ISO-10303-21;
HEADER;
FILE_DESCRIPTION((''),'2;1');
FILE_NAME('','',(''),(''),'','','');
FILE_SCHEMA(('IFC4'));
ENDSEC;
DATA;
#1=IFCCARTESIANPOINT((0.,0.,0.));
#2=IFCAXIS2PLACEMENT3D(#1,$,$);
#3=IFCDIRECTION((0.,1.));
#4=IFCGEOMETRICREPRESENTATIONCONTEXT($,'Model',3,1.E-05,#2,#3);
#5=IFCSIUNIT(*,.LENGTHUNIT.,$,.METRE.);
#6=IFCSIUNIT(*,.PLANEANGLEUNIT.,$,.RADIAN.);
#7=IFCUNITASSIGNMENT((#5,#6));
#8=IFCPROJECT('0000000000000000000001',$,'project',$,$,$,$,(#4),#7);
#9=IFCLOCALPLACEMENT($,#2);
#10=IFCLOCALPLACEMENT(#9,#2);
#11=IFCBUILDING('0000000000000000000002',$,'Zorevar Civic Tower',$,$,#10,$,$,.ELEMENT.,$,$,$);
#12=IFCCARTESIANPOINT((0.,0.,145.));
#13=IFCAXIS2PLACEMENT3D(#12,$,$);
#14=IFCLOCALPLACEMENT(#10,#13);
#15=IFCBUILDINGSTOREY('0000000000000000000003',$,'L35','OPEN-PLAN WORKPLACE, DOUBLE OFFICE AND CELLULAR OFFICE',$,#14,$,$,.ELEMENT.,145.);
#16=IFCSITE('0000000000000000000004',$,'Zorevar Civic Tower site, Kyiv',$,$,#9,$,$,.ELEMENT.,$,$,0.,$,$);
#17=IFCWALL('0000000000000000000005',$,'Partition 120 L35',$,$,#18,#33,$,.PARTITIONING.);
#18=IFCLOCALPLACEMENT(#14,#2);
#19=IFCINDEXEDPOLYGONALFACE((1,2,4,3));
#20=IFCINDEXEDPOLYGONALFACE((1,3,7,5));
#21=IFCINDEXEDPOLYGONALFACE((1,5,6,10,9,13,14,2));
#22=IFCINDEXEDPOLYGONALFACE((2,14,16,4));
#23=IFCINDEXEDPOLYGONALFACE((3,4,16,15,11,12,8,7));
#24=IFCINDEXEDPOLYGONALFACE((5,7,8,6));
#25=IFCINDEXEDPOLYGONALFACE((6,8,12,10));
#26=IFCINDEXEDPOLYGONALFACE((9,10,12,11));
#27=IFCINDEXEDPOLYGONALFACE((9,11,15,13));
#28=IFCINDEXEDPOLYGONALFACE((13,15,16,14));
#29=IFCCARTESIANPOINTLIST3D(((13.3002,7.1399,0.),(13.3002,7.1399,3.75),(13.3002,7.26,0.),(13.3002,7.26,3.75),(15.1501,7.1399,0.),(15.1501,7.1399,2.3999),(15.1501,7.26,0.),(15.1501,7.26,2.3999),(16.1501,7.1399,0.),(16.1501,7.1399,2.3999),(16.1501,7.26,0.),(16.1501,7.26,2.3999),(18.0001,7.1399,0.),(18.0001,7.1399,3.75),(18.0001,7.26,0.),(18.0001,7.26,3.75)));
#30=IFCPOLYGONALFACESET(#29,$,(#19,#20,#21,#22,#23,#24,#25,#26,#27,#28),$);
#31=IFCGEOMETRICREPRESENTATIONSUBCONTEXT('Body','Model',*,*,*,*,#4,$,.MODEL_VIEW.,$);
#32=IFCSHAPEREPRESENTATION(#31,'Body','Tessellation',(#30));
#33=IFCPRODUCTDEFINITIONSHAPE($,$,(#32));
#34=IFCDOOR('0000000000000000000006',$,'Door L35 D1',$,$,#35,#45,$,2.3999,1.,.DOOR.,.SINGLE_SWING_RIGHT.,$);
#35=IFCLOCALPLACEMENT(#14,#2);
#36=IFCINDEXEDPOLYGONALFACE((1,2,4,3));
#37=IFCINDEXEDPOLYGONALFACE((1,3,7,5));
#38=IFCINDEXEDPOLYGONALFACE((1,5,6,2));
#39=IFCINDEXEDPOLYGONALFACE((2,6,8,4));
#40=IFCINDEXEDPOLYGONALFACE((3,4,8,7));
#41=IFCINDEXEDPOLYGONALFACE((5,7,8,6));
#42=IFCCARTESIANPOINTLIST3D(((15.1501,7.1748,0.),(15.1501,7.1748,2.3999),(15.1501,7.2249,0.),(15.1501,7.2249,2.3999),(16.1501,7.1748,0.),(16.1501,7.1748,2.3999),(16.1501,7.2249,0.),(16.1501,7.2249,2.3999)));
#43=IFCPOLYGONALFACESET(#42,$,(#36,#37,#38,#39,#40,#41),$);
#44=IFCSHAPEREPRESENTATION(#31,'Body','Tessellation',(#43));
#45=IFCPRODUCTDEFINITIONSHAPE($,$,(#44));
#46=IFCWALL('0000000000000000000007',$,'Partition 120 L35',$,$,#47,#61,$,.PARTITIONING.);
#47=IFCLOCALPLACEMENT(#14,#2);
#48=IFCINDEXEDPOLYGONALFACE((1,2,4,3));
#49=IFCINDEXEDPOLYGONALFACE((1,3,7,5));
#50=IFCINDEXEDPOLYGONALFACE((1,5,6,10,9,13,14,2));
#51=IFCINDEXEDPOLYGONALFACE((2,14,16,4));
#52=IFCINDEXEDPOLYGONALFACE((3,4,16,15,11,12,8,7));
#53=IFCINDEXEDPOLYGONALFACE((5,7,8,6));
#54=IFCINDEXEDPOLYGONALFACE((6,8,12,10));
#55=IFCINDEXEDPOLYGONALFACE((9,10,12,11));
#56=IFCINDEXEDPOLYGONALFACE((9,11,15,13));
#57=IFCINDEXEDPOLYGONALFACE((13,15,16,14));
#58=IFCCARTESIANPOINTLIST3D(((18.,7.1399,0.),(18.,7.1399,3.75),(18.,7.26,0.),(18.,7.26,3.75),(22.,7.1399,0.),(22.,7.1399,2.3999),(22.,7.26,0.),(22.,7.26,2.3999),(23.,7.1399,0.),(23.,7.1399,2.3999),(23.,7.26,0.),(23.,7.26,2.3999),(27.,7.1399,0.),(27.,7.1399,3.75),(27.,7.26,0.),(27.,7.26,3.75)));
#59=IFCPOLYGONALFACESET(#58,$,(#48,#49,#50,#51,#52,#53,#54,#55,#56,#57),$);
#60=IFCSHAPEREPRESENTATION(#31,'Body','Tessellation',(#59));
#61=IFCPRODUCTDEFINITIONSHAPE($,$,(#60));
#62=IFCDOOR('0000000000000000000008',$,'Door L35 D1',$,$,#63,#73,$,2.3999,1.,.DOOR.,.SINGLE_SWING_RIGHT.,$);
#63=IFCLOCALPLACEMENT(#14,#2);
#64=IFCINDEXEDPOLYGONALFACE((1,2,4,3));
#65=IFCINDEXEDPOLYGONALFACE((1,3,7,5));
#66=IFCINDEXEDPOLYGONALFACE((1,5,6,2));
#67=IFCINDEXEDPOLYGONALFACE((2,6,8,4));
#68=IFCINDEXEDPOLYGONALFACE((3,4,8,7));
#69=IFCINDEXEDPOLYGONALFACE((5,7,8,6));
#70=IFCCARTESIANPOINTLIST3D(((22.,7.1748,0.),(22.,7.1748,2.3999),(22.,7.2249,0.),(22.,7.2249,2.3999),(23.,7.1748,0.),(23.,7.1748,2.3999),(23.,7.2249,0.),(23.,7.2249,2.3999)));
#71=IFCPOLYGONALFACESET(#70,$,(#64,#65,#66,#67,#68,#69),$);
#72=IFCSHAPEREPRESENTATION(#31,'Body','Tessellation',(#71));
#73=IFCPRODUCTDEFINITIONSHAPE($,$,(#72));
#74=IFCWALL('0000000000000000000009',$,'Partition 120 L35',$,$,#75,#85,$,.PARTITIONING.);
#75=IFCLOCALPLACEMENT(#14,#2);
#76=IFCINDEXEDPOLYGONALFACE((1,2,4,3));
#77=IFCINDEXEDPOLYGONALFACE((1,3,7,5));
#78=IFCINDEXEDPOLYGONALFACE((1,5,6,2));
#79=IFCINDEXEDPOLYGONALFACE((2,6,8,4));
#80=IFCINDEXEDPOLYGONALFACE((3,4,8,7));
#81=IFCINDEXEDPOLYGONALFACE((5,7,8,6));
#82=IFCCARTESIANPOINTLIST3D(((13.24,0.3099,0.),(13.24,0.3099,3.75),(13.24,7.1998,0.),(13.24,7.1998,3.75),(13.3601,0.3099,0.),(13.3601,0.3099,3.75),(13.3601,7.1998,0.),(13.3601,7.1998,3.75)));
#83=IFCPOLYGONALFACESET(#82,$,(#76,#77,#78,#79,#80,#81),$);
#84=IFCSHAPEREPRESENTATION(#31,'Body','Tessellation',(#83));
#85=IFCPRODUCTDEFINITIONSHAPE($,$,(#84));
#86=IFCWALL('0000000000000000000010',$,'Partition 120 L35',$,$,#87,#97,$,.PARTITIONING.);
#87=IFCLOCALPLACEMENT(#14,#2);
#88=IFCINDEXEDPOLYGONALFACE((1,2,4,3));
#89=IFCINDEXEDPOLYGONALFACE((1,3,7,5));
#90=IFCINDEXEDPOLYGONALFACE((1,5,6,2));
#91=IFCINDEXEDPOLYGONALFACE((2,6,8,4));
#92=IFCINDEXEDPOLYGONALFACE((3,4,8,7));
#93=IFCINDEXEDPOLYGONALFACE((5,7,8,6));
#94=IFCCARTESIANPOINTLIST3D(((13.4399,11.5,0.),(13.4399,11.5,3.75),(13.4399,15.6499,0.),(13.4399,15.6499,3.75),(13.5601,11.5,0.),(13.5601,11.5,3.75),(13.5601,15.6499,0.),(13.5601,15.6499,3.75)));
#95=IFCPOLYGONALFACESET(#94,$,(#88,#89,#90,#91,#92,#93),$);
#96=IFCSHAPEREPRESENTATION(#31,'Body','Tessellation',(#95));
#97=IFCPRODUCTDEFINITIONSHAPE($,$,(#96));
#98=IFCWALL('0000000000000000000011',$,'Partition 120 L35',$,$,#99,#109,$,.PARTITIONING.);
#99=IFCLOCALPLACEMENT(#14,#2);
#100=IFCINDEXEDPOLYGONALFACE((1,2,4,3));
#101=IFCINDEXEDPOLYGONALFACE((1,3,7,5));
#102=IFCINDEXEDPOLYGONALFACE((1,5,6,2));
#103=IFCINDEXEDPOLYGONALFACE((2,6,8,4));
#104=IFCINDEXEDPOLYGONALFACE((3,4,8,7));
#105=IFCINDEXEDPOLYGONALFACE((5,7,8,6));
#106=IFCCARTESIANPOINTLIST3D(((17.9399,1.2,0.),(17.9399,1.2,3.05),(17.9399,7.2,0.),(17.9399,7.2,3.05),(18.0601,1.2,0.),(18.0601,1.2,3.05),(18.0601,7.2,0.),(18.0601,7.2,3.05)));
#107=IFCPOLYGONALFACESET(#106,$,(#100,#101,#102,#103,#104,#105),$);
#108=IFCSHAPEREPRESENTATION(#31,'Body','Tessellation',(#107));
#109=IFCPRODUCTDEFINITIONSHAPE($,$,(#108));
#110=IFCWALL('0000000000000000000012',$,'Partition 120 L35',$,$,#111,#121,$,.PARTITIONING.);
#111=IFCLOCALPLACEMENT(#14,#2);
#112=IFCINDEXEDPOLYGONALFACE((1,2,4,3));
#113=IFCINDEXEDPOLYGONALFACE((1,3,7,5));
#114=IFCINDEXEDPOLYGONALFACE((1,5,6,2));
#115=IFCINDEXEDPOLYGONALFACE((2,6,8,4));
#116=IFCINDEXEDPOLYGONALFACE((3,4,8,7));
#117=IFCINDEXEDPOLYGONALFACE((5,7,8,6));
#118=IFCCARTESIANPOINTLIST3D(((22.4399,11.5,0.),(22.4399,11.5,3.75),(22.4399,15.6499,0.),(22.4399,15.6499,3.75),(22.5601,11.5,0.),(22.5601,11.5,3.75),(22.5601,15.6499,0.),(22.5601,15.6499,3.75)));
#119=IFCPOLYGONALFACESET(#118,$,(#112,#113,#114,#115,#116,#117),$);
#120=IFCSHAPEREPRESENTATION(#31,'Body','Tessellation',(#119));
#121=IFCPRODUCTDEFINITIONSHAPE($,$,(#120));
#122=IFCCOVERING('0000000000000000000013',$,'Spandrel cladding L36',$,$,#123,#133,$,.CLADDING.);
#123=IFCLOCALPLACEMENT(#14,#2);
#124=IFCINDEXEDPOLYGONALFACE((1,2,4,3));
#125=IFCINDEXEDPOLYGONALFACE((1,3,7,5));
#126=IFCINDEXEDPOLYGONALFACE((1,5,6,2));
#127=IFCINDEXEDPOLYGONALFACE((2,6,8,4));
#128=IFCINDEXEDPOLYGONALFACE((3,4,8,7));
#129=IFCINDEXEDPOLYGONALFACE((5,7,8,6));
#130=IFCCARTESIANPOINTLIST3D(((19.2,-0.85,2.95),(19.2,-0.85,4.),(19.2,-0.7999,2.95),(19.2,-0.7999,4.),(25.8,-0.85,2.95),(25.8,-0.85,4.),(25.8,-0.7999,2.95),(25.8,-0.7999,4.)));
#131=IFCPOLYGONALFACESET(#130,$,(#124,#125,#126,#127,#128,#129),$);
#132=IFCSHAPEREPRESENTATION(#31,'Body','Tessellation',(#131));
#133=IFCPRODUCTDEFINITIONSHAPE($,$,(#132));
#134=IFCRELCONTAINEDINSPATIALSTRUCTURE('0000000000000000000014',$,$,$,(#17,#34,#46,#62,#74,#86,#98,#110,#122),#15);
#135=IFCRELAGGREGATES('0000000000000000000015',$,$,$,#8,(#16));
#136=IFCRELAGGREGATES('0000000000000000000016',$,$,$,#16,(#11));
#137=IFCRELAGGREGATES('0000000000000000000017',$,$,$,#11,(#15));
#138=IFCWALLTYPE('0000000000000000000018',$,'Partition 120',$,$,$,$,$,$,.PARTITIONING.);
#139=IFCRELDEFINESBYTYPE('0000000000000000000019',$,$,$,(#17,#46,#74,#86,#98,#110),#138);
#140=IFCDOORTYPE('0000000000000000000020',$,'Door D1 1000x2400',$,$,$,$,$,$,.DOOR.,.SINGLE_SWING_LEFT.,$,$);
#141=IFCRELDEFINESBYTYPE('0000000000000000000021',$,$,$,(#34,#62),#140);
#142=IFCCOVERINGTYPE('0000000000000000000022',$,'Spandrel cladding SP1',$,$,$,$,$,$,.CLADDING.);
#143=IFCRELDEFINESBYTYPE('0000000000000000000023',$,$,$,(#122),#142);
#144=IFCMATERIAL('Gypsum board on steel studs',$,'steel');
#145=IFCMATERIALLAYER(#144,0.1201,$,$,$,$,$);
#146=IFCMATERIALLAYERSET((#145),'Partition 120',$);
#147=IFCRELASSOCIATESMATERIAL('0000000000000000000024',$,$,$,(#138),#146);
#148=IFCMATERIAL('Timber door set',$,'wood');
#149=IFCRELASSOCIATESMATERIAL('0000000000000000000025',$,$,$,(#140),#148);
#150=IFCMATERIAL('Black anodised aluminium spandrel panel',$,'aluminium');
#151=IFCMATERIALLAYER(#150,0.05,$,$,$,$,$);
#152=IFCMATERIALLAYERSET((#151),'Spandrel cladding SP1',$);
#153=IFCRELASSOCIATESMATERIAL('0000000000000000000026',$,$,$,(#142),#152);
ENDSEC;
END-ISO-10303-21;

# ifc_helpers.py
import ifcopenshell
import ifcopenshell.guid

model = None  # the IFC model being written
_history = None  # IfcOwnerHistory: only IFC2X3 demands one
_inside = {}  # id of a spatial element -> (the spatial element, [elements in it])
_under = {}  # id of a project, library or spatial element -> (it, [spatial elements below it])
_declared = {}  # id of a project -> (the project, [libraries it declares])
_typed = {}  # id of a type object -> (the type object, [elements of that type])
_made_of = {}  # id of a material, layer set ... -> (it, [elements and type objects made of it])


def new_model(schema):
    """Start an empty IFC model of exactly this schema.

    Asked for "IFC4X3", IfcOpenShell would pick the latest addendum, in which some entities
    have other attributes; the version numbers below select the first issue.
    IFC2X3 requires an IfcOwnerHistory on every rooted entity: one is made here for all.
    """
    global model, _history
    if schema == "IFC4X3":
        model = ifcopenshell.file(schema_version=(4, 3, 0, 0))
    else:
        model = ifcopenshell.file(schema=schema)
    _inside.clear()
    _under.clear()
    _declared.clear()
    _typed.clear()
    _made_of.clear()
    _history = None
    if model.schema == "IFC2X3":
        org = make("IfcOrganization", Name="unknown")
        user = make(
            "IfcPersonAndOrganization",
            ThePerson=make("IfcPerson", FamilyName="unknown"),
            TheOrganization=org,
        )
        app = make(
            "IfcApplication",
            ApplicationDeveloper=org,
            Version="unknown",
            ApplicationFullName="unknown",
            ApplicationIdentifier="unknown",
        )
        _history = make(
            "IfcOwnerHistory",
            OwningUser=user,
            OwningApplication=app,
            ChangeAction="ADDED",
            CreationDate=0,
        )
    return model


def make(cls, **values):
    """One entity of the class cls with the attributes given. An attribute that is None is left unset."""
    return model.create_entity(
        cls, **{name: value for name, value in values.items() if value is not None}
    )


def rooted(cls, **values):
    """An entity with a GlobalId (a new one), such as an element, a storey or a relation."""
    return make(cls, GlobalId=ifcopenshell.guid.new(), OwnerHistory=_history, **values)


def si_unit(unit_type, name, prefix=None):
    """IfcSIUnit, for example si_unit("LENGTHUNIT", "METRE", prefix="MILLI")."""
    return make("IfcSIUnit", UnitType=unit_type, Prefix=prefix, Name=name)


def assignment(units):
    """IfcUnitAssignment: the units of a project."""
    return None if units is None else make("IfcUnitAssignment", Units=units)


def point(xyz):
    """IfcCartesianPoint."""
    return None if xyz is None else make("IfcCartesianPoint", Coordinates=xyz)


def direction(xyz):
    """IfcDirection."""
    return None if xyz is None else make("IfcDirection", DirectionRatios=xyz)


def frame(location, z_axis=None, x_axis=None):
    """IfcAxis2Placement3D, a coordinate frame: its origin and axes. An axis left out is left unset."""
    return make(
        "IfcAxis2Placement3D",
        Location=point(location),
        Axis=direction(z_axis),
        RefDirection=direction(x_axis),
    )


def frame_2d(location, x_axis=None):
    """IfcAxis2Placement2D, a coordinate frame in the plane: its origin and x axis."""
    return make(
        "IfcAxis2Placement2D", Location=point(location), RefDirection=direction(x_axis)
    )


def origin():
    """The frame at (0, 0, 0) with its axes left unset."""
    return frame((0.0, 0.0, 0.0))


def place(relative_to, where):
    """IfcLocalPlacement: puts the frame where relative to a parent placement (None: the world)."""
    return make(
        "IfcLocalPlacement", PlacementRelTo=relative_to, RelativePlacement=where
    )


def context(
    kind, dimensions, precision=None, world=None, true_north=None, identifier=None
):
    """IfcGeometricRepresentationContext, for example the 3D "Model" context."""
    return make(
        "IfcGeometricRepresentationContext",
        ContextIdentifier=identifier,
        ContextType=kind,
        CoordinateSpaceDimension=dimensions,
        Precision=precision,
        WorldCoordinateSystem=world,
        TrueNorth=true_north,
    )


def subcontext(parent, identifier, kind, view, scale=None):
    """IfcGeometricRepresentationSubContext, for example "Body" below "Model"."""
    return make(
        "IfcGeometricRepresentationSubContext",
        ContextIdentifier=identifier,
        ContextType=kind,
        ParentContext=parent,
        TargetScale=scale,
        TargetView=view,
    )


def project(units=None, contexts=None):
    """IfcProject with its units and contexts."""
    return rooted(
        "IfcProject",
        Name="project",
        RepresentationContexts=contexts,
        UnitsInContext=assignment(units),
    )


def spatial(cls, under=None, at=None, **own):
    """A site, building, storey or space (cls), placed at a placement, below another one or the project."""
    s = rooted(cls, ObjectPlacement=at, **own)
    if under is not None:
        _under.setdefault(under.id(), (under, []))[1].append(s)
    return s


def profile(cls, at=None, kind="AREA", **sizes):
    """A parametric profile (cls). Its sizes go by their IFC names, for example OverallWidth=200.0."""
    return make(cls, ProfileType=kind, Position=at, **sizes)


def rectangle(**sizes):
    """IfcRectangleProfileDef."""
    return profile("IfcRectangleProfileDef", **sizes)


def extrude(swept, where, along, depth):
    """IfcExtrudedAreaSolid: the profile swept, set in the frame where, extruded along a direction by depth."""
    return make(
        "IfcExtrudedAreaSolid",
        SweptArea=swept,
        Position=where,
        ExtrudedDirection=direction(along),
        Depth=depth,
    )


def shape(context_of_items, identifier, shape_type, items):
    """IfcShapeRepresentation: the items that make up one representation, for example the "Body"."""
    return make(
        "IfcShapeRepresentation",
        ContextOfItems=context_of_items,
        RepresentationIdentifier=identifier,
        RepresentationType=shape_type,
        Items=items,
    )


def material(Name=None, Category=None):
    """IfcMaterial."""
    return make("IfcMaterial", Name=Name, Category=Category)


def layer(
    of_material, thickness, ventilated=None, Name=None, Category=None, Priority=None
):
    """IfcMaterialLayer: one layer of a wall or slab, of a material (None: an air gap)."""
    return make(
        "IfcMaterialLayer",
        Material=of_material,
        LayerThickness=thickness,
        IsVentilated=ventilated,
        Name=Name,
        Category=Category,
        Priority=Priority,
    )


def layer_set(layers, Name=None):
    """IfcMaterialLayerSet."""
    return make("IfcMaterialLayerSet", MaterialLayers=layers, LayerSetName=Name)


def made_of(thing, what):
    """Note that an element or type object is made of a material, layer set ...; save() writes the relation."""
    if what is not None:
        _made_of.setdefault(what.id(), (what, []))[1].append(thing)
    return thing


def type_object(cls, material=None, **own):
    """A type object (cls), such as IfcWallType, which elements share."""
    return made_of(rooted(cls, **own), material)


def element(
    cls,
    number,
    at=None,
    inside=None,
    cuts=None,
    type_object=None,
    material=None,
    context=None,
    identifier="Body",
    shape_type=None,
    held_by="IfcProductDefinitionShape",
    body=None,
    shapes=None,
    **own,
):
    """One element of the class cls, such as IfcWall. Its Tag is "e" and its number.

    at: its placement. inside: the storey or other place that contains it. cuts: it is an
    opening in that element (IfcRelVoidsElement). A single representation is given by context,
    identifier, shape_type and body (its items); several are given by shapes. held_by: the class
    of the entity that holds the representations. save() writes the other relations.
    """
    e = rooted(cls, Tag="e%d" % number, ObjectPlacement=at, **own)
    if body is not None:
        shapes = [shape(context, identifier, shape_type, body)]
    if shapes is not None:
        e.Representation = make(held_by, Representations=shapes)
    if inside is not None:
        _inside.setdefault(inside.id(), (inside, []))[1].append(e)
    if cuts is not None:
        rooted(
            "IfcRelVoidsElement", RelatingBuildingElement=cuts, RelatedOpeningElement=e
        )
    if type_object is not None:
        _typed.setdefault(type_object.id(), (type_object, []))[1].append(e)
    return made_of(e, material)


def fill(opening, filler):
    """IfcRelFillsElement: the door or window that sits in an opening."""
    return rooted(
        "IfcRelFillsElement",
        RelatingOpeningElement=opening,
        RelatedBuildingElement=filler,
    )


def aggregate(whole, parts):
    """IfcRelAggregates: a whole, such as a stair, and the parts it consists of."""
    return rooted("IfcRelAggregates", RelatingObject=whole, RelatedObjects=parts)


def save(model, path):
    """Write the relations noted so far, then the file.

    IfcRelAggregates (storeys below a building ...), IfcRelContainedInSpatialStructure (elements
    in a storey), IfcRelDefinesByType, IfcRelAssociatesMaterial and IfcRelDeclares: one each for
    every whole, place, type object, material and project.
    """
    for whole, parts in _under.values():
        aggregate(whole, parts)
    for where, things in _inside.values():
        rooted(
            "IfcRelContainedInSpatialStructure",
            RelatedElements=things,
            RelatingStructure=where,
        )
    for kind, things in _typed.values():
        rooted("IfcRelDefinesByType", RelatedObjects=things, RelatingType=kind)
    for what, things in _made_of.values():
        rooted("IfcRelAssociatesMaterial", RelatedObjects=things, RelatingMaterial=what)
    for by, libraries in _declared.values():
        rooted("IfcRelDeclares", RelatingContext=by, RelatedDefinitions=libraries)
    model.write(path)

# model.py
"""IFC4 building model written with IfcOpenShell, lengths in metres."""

from ifc_helpers import new_model, si_unit, direction, frame, frame_2d, origin, place, context, subcontext, project, spatial, rectangle, extrude, material, layer, layer_set, type_object, element, fill, save


model = new_model("IFC4")

# Units and contexts
model_context = context("Model", 3, precision=1e-05, world=origin(), true_north=direction((0.0, 1.0)))
body_context = subcontext(model_context, "Body", "Model", "MODEL_VIEW")
ifc_project = project(units=[si_unit("LENGTHUNIT", "METRE"), si_unit("PLANEANGLEUNIT", "RADIAN")], contexts=[model_context])

# Site, building, storey
site_placement = place(None, origin())
site = spatial("IfcSite", under=ifc_project, at=site_placement, Name="Zorevar Civic Tower site, Kyiv", CompositionType="ELEMENT", RefElevation=0.0)
building_placement = place(site_placement, origin())
building = spatial("IfcBuilding", under=site, at=building_placement, Name="Zorevar Civic Tower", CompositionType="ELEMENT")
storey_placement = place(building_placement, frame((0.0, 0.0, 145.0)))
storey = spatial("IfcBuildingStorey", under=building, at=storey_placement, Name="L35", Description="OPEN-PLAN WORKPLACE, DOUBLE OFFICE AND CELLULAR OFFICE", CompositionType="ELEMENT", Elevation=145.0)

# Walls, openings, doors
ifc_material_1 = material(Name="Gypsum board on steel studs", Category="steel")
ifc_layer_1 = layer(ifc_material_1, 0.1201)
ifc_layer_set_1 = layer_set([ifc_layer_1], Name="Partition 120")
wall_type_1 = type_object("IfcWallType", Name="Partition 120", PredefinedType="PARTITIONING", material=ifc_layer_set_1)
wall_1_placement = place(storey_placement, frame((13.3, 7.2, 0.0), z_axis=(0.0, 0.0, 1.0), x_axis=(1.0, 0.0, 0.0)))
wall_1 = element("IfcWall", 1, at=wall_1_placement, inside=storey, type_object=wall_type_1, Name="Partition 120 L35", PredefinedType="PARTITIONING", context=body_context, shape_type="SweptSolid", body=[
    extrude(rectangle(XDim=4.7, YDim=0.1201, at=frame_2d((2.3501, 0.0))), origin(), (0.0, 0.0, 1.0), 3.75),
])
opening_1_placement = place(wall_1_placement, frame((1.8501, 0.0, 0.0)))
opening_1 = element("IfcOpeningElement", 2, at=opening_1_placement, cuts=wall_1, PredefinedType="OPENING", context=body_context, shape_type="SweptSolid", body=[
    extrude(rectangle(XDim=1.0, YDim=2.3999, at=frame_2d((0.5, 1.2))), frame((0.0, 0.0701, 0.0), z_axis=(0.0, -1.0, 0.0), x_axis=(1.0, 0.0, 0.0)), (0.0, 0.0, 1.0), 0.1401),
])
ifc_material_2 = material(Name="Timber door set", Category="wood")
door_type_1 = type_object("IfcDoorType", Name="Door D1 1000x2400", OperationType="SINGLE_SWING_LEFT", PredefinedType="DOOR", material=ifc_material_2)
door_1_placement = place(opening_1_placement, origin())
door_1 = element("IfcDoor", 3, at=door_1_placement, inside=storey, type_object=door_type_1, Name="Door L35 D1", OperationType="SINGLE_SWING_RIGHT", OverallHeight=2.3999, OverallWidth=1.0, PredefinedType="DOOR", context=body_context, shape_type="SweptSolid", body=[
    extrude(rectangle(XDim=1.0, YDim=2.3999, at=frame_2d((0.5, 1.2))), frame((0.0, 0.0249, 0.0), z_axis=(0.0, -1.0, 0.0), x_axis=(1.0, 0.0, 0.0)), (0.0, 0.0, 1.0), 0.05),
])
fill(opening_1, door_1)
wall_2_placement = place(storey_placement, frame((18.0, 7.2, 0.0), z_axis=(0.0, 0.0, 1.0), x_axis=(1.0, 0.0, 0.0)))
wall_2 = element("IfcWall", 4, at=wall_2_placement, inside=storey, type_object=wall_type_1, Name="Partition 120 L35", PredefinedType="PARTITIONING", context=body_context, shape_type="SweptSolid", body=[
    extrude(rectangle(XDim=9.0, YDim=0.1201, at=frame_2d((4.5, 0.0))), origin(), (0.0, 0.0, 1.0), 3.75),
])
opening_2_placement = place(wall_2_placement, frame((4.0, 0.0, 0.0)))
opening_2 = element("IfcOpeningElement", 5, at=opening_2_placement, cuts=wall_2, PredefinedType="OPENING", context=body_context, shape_type="SweptSolid", body=[
    extrude(rectangle(XDim=1.0, YDim=2.3999, at=frame_2d((0.5, 1.2))), frame((0.0, 0.0701, 0.0), z_axis=(0.0, -1.0, 0.0), x_axis=(1.0, 0.0, 0.0)), (0.0, 0.0, 1.0), 0.1401),
])
door_2_placement = place(opening_2_placement, origin())
door_2 = element("IfcDoor", 6, at=door_2_placement, inside=storey, type_object=door_type_1, Name="Door L35 D1", OperationType="SINGLE_SWING_RIGHT", OverallHeight=2.3999, OverallWidth=1.0, PredefinedType="DOOR", context=body_context, shape_type="SweptSolid", body=[
    extrude(rectangle(XDim=1.0, YDim=2.3999, at=frame_2d((0.5, 1.2))), frame((0.0, 0.0249, 0.0), z_axis=(0.0, -1.0, 0.0), x_axis=(1.0, 0.0, 0.0)), (0.0, 0.0, 1.0), 0.05),
])
fill(opening_2, door_2)

# Walls
wall_3_placement = place(storey_placement, frame((13.3, 0.3101, 0.0), z_axis=(0.0, 0.0, 1.0), x_axis=(0.0, 1.0, 0.0)))
element("IfcWall", 7, at=wall_3_placement, inside=storey, type_object=wall_type_1, Name="Partition 120 L35", PredefinedType="PARTITIONING", context=body_context, shape_type="SweptSolid", body=[
    extrude(rectangle(XDim=6.8899, YDim=0.1201, at=frame_2d((3.4448, 0.0))), origin(), (0.0, 0.0, 1.0), 3.75),
])
wall_4_placement = place(storey_placement, frame((13.5, 11.5, 0.0), z_axis=(0.0, 0.0, 1.0), x_axis=(0.0, 1.0, 0.0)))
element("IfcWall", 8, at=wall_4_placement, inside=storey, type_object=wall_type_1, Name="Partition 120 L35", PredefinedType="PARTITIONING", context=body_context, shape_type="SweptSolid", body=[
    extrude(rectangle(XDim=4.1499, YDim=0.1201, at=frame_2d((2.075, 0.0))), origin(), (0.0, 0.0, 1.0), 3.75),
])
wall_5_placement = place(storey_placement, frame((18.0, 1.2, 0.0), z_axis=(0.0, 0.0, 1.0), x_axis=(0.0, 1.0, 0.0)))
element("IfcWall", 9, at=wall_5_placement, inside=storey, type_object=wall_type_1, Name="Partition 120 L35", PredefinedType="PARTITIONING", context=body_context, shape_type="SweptSolid", body=[
    extrude(rectangle(XDim=6.0, YDim=0.1201, at=frame_2d((3.0, 0.0))), origin(), (0.0, 0.0, 1.0), 3.05),
])
wall_6_placement = place(storey_placement, frame((22.5, 11.5, 0.0), z_axis=(0.0, 0.0, 1.0), x_axis=(0.0, 1.0, 0.0)))
element("IfcWall", 10, at=wall_6_placement, inside=storey, type_object=wall_type_1, Name="Partition 120 L35", PredefinedType="PARTITIONING", context=body_context, shape_type="SweptSolid", body=[
    extrude(rectangle(XDim=4.1499, YDim=0.1201, at=frame_2d((2.075, 0.0))), origin(), (0.0, 0.0, 1.0), 3.75),
])

# Covering
ifc_material_3 = material(Name="Black anodised aluminium spandrel panel", Category="aluminium")
ifc_layer_2 = layer(ifc_material_3, 0.05)
ifc_layer_set_2 = layer_set([ifc_layer_2], Name="Spandrel cladding SP1")
covering_type = type_object("IfcCoveringType", Name="Spandrel cladding SP1", PredefinedType="CLADDING", material=ifc_layer_set_2)
covering_placement = place(storey_placement, frame((19.2, -0.825, 2.95), z_axis=(0.0, 0.0, 1.0), x_axis=(1.0, 0.0, 0.0)))
element("IfcCovering", 11, at=covering_placement, inside=storey, type_object=covering_type, Name="Spandrel cladding L36", PredefinedType="CLADDING", context=body_context, shape_type="SweptSolid", body=[
    extrude(rectangle(XDim=6.6001, YDim=0.05, at=frame_2d((3.3, 0.0))), origin(), (0.0, 0.0, 1.0), 1.05),
])

save(model, "model.ifc")
